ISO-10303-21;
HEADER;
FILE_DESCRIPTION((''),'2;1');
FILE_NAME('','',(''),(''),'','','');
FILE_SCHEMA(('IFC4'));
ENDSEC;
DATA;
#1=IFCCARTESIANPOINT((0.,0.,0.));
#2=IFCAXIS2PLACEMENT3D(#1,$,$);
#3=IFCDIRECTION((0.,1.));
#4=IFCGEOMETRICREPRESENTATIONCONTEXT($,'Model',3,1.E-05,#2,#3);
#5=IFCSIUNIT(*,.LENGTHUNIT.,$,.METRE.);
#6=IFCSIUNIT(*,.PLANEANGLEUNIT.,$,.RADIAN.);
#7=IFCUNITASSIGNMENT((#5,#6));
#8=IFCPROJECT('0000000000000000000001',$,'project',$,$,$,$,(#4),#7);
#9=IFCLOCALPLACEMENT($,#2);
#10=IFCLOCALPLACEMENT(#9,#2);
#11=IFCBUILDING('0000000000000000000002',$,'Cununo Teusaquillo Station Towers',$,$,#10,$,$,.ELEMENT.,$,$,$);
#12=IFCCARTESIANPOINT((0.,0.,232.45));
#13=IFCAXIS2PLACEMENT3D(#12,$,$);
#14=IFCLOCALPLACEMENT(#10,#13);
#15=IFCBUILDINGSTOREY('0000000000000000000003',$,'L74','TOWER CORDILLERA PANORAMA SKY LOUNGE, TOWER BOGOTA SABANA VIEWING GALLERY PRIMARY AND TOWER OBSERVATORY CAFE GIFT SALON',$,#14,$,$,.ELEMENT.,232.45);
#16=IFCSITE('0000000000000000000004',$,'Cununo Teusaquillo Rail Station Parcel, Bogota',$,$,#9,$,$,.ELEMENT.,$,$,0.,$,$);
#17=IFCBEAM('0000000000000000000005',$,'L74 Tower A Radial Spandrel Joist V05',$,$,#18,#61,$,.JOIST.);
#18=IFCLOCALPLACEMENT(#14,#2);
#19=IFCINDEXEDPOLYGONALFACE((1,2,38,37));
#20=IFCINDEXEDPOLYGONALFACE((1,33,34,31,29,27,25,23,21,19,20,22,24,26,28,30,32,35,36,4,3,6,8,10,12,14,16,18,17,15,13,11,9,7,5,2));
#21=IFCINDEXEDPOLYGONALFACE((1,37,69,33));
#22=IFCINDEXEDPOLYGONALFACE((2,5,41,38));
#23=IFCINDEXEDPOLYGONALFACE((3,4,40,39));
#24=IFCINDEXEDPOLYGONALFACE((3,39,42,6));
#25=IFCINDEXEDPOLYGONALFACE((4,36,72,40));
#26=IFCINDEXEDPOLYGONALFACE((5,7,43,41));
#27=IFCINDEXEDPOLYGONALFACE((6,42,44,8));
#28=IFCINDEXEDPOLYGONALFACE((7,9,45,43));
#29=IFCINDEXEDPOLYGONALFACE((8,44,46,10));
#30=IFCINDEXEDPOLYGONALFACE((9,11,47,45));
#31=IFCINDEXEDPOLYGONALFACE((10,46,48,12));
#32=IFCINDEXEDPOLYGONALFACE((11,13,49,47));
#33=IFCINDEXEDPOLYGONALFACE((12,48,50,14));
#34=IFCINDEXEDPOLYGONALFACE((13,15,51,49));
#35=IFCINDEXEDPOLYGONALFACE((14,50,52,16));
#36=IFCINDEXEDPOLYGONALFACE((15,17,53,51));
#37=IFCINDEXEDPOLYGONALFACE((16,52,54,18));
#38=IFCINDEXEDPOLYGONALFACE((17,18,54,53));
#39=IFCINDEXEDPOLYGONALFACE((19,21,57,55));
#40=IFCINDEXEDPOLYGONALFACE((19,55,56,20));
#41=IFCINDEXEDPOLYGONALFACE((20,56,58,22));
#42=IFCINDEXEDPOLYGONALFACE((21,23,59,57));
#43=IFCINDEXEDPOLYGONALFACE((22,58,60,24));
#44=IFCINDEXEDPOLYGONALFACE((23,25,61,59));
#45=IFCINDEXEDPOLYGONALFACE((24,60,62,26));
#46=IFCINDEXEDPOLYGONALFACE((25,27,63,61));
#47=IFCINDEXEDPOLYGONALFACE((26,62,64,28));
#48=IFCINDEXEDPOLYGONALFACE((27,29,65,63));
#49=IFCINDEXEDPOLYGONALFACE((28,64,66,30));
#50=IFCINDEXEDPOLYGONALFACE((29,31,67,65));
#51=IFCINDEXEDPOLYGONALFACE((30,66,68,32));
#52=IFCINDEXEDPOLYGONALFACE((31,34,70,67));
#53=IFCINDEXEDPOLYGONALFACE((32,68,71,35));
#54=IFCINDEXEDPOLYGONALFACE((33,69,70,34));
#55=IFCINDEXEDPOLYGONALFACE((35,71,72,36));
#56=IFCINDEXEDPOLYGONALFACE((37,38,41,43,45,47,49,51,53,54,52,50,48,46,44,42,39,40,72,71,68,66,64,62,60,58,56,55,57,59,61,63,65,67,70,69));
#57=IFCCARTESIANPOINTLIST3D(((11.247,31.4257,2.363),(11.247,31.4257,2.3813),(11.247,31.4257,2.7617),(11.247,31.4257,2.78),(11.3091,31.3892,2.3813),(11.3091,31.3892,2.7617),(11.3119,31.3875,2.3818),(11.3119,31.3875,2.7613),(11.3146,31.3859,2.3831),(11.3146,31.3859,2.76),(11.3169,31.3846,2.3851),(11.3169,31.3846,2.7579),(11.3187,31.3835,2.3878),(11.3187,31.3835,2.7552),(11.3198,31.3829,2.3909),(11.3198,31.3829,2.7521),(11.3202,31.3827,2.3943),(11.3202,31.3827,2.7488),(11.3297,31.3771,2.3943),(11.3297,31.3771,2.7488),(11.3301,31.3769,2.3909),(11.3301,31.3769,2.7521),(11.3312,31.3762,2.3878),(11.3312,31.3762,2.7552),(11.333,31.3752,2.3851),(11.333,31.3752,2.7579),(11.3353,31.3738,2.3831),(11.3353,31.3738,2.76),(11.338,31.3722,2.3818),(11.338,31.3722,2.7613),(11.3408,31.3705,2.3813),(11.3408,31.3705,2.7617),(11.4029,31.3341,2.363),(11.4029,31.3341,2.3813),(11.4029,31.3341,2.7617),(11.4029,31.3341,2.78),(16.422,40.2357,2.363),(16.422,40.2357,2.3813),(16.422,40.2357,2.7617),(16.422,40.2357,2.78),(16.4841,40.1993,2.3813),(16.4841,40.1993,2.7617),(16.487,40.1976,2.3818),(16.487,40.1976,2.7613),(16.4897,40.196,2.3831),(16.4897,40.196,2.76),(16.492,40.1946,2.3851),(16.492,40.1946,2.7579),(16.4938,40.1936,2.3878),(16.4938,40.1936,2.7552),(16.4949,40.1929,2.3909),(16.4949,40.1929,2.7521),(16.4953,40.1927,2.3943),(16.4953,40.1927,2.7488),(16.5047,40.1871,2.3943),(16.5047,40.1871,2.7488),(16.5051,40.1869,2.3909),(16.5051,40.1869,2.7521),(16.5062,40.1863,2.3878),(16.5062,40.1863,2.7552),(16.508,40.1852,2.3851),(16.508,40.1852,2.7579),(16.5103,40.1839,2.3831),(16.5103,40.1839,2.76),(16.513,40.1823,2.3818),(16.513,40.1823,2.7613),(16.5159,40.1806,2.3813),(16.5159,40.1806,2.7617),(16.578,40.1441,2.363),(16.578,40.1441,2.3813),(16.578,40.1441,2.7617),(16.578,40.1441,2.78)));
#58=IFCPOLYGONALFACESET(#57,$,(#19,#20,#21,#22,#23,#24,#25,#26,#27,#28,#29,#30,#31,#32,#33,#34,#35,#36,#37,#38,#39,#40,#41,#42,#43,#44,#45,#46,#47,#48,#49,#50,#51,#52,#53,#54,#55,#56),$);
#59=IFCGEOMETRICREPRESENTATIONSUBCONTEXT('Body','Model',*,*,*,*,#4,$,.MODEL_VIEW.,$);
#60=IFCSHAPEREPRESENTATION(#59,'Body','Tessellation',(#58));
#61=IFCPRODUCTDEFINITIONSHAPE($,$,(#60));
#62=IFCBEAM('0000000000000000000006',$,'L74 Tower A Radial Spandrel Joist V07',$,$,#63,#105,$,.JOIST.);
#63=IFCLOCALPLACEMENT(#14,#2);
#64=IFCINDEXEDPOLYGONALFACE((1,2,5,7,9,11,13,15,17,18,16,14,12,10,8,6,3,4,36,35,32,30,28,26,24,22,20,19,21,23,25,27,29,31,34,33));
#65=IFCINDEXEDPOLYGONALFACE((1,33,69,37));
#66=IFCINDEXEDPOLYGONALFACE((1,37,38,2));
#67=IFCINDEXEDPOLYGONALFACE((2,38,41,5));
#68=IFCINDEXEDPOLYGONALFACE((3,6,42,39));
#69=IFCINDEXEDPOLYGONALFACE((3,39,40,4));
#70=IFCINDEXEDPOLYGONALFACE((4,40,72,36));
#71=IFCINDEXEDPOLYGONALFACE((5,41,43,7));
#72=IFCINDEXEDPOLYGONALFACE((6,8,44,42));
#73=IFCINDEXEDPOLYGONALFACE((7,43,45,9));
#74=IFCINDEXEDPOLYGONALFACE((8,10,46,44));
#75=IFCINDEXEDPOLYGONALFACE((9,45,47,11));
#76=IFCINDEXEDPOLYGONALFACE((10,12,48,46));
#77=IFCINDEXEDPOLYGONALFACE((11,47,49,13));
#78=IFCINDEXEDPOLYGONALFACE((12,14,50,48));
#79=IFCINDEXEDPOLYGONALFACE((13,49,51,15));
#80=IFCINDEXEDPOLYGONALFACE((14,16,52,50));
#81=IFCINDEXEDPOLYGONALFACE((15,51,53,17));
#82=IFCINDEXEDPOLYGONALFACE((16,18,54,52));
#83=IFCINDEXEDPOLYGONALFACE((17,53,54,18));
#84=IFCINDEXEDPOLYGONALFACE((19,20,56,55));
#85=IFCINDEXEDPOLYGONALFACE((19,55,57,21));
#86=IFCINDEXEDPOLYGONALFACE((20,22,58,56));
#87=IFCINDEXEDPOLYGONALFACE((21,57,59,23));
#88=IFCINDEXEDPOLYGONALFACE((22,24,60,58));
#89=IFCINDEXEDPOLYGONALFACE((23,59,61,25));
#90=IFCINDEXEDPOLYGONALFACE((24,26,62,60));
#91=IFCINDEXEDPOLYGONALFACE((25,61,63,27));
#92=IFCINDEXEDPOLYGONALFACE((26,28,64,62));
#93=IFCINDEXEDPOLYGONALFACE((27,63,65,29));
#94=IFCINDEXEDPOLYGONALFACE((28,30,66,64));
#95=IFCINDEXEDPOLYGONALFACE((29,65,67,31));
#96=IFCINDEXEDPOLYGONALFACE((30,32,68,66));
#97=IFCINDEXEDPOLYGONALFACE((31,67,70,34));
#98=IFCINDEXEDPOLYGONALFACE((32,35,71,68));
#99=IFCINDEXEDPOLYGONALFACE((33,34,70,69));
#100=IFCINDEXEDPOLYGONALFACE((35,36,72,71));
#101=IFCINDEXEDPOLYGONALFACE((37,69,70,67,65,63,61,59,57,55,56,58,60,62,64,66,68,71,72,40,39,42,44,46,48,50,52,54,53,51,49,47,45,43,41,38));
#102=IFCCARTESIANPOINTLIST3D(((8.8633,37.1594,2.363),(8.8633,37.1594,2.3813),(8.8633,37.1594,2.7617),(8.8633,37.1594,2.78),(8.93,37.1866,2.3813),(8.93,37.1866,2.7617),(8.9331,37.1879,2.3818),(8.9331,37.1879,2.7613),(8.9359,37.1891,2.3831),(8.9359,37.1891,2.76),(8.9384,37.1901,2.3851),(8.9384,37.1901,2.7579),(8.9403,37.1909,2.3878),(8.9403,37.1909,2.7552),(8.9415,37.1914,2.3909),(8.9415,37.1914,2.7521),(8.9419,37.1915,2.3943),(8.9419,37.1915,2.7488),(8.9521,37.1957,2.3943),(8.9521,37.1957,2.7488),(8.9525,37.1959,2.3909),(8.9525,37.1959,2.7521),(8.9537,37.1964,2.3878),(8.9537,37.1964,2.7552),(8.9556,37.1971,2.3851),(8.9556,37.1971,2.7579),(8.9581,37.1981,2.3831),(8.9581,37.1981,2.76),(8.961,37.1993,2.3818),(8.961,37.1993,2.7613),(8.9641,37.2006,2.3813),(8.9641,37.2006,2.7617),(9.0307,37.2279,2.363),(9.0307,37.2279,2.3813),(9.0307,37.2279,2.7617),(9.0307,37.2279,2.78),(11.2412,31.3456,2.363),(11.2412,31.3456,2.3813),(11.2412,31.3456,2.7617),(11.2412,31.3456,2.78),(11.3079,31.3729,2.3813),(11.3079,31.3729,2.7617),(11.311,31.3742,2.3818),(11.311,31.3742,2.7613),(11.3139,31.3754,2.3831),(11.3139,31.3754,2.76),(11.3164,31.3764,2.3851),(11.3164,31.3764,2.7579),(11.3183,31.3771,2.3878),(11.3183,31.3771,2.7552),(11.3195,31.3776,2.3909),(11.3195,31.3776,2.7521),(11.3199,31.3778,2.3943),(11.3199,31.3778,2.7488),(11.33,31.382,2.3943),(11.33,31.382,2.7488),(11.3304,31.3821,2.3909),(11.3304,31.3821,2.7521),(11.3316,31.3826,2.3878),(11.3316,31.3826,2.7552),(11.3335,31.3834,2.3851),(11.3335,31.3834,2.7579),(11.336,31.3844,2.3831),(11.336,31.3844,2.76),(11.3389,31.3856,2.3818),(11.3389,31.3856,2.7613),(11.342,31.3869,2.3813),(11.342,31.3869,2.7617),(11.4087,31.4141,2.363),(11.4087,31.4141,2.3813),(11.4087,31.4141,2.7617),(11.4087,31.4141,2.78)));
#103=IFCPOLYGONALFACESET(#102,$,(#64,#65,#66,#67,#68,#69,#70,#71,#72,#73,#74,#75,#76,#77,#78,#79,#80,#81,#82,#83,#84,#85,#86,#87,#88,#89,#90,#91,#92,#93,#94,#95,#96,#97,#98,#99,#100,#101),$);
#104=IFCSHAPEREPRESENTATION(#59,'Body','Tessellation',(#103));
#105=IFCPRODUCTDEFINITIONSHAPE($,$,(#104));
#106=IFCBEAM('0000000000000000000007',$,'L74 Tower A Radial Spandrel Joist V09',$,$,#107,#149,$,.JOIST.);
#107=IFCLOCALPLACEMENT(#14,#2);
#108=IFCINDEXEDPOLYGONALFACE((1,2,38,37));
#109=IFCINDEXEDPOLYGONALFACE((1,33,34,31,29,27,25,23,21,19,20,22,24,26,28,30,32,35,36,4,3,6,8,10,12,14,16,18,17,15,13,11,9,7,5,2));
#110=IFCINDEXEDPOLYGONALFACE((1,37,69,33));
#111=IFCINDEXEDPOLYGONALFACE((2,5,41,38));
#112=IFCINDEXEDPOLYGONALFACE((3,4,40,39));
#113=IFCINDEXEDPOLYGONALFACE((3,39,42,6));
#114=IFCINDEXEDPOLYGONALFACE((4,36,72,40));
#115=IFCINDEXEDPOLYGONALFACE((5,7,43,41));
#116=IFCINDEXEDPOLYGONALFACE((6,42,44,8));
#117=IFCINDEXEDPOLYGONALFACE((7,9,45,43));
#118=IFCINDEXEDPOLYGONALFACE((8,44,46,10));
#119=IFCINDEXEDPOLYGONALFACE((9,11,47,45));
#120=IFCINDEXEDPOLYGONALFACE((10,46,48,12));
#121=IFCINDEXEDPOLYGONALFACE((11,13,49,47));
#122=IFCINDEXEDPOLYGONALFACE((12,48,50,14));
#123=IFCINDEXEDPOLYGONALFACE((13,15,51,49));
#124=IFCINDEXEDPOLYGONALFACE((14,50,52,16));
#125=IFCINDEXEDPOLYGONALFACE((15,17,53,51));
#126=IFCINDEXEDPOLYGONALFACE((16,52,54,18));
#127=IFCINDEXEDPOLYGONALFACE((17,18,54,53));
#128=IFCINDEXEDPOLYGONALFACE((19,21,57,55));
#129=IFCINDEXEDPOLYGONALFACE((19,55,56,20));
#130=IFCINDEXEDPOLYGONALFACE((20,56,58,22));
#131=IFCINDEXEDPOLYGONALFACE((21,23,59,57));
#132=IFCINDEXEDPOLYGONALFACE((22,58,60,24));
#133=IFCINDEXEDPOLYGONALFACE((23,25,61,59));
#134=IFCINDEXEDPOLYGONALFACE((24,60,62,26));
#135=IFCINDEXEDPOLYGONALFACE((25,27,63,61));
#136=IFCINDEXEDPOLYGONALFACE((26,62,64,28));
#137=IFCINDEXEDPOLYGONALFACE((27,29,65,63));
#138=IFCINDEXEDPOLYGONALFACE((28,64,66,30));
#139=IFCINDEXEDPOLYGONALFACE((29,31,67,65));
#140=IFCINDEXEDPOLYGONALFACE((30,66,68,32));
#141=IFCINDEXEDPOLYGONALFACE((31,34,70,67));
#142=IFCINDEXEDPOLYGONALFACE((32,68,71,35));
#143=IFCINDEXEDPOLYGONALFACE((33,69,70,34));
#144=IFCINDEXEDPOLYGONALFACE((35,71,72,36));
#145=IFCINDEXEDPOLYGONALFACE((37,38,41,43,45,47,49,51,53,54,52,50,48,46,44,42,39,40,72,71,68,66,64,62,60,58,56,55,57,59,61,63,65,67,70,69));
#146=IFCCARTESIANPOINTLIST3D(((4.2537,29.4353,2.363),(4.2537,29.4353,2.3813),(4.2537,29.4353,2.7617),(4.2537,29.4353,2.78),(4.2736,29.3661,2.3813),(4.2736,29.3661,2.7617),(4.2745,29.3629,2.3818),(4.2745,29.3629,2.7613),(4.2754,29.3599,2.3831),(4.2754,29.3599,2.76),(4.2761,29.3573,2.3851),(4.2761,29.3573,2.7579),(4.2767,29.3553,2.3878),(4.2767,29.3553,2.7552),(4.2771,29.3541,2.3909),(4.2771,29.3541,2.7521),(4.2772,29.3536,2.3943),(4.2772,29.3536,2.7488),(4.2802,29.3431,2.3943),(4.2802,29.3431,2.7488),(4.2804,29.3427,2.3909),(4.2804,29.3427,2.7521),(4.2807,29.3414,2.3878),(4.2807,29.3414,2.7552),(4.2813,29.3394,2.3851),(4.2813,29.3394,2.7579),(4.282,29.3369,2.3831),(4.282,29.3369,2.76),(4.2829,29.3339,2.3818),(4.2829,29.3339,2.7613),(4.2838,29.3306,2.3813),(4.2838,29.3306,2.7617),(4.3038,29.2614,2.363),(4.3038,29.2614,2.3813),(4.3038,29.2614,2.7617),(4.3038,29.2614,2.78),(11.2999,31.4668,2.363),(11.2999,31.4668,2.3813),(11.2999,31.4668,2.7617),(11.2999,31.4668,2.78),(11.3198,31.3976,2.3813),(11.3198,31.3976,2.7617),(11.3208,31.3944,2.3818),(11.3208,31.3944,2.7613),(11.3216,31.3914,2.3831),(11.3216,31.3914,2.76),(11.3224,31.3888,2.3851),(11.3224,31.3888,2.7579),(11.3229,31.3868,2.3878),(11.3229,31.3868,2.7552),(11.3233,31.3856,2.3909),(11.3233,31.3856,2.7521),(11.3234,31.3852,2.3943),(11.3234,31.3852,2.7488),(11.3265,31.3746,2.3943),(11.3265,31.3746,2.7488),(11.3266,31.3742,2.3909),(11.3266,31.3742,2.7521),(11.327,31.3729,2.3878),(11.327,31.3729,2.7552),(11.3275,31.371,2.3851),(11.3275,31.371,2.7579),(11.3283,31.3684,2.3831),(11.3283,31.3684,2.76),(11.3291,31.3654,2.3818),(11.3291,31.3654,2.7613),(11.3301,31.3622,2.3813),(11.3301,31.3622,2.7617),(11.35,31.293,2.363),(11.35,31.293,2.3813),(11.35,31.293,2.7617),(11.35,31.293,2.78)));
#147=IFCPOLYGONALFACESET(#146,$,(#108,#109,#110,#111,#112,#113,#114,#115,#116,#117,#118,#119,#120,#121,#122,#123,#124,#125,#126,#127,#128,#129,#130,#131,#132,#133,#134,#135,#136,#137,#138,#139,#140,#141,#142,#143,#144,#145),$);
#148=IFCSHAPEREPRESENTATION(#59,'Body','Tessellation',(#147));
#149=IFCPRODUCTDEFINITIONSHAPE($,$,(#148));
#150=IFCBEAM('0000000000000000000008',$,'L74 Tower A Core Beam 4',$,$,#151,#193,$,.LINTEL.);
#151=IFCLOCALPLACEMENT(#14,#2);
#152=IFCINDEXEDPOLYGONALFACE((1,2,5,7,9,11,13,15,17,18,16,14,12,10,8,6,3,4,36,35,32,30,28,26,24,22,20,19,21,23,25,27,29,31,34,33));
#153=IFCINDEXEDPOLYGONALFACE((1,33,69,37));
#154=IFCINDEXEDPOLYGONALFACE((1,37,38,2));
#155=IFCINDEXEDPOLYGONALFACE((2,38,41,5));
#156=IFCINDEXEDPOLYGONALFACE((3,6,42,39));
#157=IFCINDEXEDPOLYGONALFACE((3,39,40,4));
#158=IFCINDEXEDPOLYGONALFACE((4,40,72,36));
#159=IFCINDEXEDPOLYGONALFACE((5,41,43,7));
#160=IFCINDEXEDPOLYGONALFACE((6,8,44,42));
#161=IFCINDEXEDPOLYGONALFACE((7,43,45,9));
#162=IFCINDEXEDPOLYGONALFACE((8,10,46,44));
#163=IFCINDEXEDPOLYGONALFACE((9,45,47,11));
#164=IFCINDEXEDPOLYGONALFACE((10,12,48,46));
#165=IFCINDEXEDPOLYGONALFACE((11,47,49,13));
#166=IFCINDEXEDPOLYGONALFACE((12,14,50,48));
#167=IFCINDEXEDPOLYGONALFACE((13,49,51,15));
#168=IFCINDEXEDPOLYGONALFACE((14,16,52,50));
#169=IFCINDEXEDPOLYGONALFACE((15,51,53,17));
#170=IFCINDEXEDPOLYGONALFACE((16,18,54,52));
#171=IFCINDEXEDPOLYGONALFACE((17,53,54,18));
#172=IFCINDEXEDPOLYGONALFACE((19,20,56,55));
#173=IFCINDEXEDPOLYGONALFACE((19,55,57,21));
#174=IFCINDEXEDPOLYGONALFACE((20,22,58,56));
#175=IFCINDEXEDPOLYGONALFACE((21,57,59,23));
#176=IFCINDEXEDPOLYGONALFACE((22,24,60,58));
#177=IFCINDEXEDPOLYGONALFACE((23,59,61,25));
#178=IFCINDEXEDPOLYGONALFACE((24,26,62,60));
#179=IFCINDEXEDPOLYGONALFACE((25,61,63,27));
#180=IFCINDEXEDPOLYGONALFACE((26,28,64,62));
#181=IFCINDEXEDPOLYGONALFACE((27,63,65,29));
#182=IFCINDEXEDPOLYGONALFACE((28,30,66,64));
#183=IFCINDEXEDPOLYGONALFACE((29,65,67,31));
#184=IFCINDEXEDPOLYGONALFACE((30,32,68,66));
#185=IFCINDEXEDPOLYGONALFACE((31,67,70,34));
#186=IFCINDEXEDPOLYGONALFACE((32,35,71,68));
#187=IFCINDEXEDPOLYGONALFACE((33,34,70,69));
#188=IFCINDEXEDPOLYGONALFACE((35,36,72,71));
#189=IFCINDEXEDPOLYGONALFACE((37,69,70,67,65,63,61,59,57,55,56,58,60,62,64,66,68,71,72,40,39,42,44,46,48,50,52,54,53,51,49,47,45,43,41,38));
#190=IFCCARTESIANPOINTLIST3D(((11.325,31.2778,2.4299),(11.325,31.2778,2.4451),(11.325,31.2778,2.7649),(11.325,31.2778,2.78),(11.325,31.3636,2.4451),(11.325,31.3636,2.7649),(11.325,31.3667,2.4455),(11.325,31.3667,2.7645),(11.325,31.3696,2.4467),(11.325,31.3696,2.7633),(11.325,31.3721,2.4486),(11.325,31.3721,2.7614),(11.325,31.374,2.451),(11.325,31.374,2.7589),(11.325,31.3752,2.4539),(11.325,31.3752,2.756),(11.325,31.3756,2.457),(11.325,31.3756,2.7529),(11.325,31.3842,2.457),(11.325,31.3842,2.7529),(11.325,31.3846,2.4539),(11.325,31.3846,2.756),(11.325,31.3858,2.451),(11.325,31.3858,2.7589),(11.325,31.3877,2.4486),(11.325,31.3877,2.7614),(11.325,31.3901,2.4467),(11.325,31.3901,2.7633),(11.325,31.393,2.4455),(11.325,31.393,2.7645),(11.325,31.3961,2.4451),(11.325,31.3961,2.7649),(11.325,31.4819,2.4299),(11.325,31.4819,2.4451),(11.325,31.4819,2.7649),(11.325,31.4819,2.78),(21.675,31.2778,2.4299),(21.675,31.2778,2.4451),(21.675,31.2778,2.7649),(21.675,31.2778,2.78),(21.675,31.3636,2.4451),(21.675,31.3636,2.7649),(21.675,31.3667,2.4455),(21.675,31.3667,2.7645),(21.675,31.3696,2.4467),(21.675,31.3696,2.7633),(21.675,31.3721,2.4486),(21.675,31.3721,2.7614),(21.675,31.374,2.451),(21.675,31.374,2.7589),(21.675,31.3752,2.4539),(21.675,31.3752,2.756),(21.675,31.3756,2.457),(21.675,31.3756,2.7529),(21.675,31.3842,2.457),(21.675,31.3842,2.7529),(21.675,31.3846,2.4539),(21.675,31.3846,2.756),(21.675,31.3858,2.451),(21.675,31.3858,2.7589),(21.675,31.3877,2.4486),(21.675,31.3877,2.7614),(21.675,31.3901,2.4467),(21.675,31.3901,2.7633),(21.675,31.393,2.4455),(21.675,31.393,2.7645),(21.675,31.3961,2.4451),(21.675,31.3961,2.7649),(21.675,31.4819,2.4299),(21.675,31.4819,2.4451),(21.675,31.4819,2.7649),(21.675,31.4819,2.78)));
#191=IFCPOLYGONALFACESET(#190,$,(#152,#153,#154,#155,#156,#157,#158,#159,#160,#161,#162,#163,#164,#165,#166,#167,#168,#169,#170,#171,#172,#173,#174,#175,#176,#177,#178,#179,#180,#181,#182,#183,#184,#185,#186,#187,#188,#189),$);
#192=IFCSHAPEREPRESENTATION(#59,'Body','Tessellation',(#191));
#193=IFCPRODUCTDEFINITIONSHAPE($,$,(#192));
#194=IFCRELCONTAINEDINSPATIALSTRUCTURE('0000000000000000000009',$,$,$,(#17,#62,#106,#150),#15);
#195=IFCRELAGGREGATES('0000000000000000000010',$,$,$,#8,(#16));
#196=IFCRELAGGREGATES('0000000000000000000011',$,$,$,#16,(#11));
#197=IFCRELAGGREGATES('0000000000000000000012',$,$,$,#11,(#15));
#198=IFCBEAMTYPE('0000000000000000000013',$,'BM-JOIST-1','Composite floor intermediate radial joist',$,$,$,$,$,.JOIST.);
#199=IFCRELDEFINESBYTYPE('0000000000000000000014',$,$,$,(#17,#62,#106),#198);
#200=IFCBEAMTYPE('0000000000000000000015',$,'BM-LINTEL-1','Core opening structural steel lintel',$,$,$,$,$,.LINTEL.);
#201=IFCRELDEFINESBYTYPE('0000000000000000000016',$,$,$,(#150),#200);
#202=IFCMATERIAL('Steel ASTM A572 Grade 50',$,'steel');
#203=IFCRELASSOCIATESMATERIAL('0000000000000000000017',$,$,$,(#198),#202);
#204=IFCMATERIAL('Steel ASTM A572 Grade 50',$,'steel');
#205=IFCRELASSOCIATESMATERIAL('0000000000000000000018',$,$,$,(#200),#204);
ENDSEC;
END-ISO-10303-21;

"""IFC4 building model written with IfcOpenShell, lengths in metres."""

from ifc_helpers import new_model, si_unit, direction, frame, origin, origin_2d, place, context, subcontext, project, spatial, i_section, extrude, material, material_profile, profile_set, type_object, element, save


model = new_model("IFC4")

# Units and contexts
model_context = context("Model", 3, precision=1e-05, world=origin(), true_north=direction((0.0, 1.0)))
body_context = subcontext(model_context, "Body", "Model", "MODEL_VIEW")
ifc_project = project(units=[si_unit("LENGTHUNIT", "METRE"), si_unit("PLANEANGLEUNIT", "RADIAN")], contexts=[model_context])

# Site, building, storey
site_placement = place(None, origin())
site = spatial("IfcSite", under=ifc_project, at=site_placement, Name="Cununo Teusaquillo Rail Station Parcel, Bogota", CompositionType="ELEMENT", RefElevation=0.0)
building_placement = place(site_placement, origin())
building = spatial("IfcBuilding", under=site, at=building_placement, Name="Cununo Teusaquillo Station Towers", CompositionType="ELEMENT")
storey_placement = place(building_placement, frame((0.0, 0.0, 232.45)))
storey = spatial("IfcBuildingStorey", under=building, at=storey_placement, Name="L74", Description="TOWER CORDILLERA PANORAMA SKY LOUNGE, TOWER BOGOTA SABANA VIEWING GALLERY PRIMARY AND TOWER OBSERVATORY CAFE GIFT SALON", CompositionType="ELEMENT", Elevation=232.45)

# Beams
ifc_material_1 = material(Name="Steel ASTM A572 Grade 50", Category="steel")
ifc_material_profile_1 = material_profile(ifc_material_1, i_section(OverallWidth=0.1809, OverallDepth=0.417, WebThickness=0.011, FlangeThickness=0.0183, FilletRadius=0.0129, at=origin_2d()), Name="W16X57")
ifc_profile_set_1 = profile_set([ifc_material_profile_1], Name="Steel ASTM A572 Grade 50")
beam_type_1 = type_object("IfcBeamType", Name="BM-JOIST-1", Description="Composite floor intermediate radial joist", PredefinedType="JOIST", material=ifc_profile_set_1)
beam_1_placement = place(storey_placement, frame((11.325, 31.3799, 2.5715), z_axis=(0.506486, 0.862248, 0.0), x_axis=(-0.862248, 0.506486, 0.0)))
element("IfcBeam", 1, at=beam_1_placement, inside=storey, type_object=beam_type_1, Name="L74 Tower A Radial Spandrel Joist V05", PredefinedType="JOIST", context=body_context, shape_type="SweptSolid", body=[
    extrude(i_section(OverallWidth=0.1809, OverallDepth=0.417, WebThickness=0.011, FlangeThickness=0.0183, FilletRadius=0.0129, at=origin_2d()), origin(), (0.0, 0.0, 1.0), 10.2175),
])
beam_2_placement = place(storey_placement, frame((11.325, 31.3799, 2.5715), z_axis=(-0.378577, 0.92557, 0.0), x_axis=(-0.92557, -0.378577, 0.0)))
element("IfcBeam", 2, at=beam_2_placement, inside=storey, type_object=beam_type_1, Name="L74 Tower A Radial Spandrel Joist V07", PredefinedType="JOIST", context=body_context, shape_type="SweptSolid", body=[
    extrude(i_section(OverallWidth=0.1809, OverallDepth=0.417, WebThickness=0.011, FlangeThickness=0.0183, FilletRadius=0.0129, at=origin_2d()), origin(), (0.0, 0.0, 1.0), 6.2812),
])
beam_3_placement = place(storey_placement, frame((11.325, 31.3799, 2.5715), z_axis=(-0.960862, -0.277029, 0.0), x_axis=(0.277029, -0.960862, 0.0)))
element("IfcBeam", 3, at=beam_3_placement, inside=storey, type_object=beam_type_1, Name="L74 Tower A Radial Spandrel Joist V09", PredefinedType="JOIST", context=body_context, shape_type="SweptSolid", body=[
    extrude(i_section(OverallWidth=0.1809, OverallDepth=0.417, WebThickness=0.011, FlangeThickness=0.0183, FilletRadius=0.0129, at=origin_2d()), origin(), (0.0, 0.0, 1.0), 7.3333),
])
ifc_material_2 = material(Name="Steel ASTM A572 Grade 50", Category="steel")
ifc_material_profile_2 = material_profile(ifc_material_2, i_section(OverallWidth=0.2041, OverallDepth=0.3501, WebThickness=0.0085, FlangeThickness=0.0151, FilletRadius=0.012, at=origin_2d()), Name="W14X48")
ifc_profile_set_2 = profile_set([ifc_material_profile_2], Name="Steel ASTM A572 Grade 50")
beam_type_2 = type_object("IfcBeamType", Name="BM-LINTEL-1", Description="Core opening structural steel lintel", PredefinedType="LINTEL", material=ifc_profile_set_2)
beam_4_placement = place(storey_placement, frame((11.325, 31.3799, 2.605), z_axis=(1.0, 0.0, 0.0), x_axis=(0.0, 1.0, 0.0)))
element("IfcBeam", 4, at=beam_4_placement, inside=storey, type_object=beam_type_2, Name="L74 Tower A Core Beam 4", PredefinedType="LINTEL", context=body_context, shape_type="SweptSolid", body=[
    extrude(i_section(OverallWidth=0.2041, OverallDepth=0.3501, WebThickness=0.0085, FlangeThickness=0.0151, FilletRadius=0.012, at=origin_2d()), origin(), (0.0, 0.0, 1.0), 10.3501),
])

save(model, "model.ifc")
